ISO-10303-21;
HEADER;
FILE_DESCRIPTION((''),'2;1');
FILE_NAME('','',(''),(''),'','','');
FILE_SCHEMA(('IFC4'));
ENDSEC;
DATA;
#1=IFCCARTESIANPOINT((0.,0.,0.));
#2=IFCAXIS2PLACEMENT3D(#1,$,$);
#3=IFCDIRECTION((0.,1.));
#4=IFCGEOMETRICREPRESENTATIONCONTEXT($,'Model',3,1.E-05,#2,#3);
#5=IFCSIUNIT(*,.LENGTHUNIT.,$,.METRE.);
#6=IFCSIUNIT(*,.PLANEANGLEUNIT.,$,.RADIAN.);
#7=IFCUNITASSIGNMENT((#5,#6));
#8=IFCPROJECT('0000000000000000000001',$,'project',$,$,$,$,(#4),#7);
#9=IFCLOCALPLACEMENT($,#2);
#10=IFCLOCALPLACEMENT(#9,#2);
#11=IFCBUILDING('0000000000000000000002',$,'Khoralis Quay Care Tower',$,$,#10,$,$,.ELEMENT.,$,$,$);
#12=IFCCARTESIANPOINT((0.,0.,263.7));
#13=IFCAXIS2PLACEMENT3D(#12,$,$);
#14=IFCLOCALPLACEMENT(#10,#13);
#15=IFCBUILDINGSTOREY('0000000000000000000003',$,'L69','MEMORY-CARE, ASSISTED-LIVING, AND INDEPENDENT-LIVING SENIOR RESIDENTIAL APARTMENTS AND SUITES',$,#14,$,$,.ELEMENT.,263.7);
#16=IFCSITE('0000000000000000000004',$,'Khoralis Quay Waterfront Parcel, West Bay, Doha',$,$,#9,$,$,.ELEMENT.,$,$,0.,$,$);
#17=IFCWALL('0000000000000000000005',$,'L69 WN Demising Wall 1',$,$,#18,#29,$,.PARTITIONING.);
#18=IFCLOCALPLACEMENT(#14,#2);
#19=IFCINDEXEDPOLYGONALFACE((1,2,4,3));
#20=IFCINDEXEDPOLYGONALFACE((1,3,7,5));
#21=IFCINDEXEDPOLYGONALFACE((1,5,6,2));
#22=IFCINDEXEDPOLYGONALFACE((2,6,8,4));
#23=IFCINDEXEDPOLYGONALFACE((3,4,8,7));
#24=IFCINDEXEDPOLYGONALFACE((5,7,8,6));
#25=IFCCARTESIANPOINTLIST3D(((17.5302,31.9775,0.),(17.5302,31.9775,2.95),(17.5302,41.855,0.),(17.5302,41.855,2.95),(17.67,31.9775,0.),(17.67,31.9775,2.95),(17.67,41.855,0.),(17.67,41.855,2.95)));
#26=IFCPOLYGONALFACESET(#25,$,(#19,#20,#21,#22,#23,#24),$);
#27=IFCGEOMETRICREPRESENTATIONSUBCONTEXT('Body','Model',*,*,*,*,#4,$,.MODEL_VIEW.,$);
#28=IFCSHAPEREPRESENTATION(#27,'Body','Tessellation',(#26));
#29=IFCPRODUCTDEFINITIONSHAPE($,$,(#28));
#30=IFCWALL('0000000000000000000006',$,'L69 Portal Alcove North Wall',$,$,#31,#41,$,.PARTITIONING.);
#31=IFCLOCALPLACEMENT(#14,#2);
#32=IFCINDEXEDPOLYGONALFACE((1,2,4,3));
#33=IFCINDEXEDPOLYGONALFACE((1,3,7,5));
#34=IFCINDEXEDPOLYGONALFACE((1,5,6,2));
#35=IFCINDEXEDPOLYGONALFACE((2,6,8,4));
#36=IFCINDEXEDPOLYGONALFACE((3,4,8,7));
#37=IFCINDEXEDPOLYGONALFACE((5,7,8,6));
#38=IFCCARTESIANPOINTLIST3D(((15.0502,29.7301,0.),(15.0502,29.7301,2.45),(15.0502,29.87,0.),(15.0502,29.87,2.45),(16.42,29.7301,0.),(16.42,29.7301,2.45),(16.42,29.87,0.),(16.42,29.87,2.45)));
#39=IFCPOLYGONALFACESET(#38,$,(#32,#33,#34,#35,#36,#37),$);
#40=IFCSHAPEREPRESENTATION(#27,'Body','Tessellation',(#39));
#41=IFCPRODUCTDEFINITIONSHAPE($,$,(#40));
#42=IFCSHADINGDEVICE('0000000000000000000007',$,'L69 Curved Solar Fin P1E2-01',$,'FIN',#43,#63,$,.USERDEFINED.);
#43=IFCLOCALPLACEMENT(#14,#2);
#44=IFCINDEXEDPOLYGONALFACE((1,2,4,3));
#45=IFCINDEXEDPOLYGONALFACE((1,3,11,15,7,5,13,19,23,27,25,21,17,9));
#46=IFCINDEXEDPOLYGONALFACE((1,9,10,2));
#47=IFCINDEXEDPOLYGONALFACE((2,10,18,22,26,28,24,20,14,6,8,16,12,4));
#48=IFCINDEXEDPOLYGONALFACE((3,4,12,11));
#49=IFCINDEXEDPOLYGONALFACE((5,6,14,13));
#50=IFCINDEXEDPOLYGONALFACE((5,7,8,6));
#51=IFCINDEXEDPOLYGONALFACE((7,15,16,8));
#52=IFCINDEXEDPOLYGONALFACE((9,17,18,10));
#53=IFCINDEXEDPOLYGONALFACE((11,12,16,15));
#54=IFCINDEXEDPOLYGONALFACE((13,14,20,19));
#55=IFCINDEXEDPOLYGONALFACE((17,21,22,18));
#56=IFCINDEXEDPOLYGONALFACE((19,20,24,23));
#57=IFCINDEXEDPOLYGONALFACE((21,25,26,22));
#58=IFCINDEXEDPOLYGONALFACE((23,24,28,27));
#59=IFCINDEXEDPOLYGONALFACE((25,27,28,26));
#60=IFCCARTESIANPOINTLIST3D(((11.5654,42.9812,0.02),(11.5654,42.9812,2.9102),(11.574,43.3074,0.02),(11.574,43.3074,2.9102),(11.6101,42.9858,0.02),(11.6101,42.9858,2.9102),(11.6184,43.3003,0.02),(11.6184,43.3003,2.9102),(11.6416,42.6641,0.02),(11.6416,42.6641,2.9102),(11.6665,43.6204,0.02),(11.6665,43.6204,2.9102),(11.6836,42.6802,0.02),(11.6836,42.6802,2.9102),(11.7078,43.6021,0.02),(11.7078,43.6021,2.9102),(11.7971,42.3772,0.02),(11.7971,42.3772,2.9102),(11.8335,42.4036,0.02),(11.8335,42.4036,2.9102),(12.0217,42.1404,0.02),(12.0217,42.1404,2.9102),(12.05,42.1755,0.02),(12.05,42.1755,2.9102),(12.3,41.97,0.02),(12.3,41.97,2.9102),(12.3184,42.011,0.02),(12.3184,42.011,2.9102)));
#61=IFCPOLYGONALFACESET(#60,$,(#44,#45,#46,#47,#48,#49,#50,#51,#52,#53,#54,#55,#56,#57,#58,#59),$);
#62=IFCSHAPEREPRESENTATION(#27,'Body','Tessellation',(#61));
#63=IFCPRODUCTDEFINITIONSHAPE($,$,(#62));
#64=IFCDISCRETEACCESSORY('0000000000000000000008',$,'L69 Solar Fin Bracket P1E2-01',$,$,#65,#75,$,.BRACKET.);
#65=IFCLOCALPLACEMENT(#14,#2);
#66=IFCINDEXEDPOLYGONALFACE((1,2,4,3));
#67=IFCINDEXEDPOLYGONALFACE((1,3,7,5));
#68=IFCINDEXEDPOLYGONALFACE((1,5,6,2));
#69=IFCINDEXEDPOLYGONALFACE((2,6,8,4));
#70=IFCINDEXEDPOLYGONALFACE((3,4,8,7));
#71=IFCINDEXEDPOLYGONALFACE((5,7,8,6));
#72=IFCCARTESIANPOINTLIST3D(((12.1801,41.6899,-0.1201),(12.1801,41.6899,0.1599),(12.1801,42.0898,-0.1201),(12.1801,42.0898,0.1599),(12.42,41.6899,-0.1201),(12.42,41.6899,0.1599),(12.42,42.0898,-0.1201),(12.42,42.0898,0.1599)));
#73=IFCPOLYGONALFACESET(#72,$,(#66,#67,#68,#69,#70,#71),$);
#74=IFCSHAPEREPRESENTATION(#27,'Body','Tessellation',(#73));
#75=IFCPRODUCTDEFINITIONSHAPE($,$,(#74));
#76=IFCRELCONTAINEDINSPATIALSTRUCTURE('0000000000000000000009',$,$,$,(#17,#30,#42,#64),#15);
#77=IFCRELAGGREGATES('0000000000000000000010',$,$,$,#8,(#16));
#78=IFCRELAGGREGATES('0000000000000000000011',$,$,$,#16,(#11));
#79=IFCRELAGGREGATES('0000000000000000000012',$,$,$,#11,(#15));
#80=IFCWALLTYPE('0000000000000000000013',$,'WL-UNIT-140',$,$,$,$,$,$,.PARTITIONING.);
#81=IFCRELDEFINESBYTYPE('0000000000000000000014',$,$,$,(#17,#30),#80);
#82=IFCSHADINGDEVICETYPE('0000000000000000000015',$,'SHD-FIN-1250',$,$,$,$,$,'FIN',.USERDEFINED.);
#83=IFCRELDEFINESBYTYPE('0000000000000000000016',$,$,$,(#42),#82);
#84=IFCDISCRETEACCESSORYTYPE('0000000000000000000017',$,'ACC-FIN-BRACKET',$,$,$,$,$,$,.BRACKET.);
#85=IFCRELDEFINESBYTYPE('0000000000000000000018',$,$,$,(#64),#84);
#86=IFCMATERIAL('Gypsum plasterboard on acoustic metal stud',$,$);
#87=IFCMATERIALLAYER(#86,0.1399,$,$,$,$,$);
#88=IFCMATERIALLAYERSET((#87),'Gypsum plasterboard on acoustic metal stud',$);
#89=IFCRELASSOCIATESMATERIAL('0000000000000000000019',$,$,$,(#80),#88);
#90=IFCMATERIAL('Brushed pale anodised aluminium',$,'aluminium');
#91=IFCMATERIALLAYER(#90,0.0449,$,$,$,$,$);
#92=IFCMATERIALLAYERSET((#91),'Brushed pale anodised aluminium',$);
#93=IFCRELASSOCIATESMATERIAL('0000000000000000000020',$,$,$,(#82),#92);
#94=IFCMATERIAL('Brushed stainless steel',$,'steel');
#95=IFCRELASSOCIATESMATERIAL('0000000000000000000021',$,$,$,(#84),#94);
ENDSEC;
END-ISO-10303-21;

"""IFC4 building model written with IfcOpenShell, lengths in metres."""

from ifc_helpers import new_model, si_unit, direction, frame, frame_2d, origin, origin_2d, place, context, subcontext, project, spatial, polyline, rectangle, outline, extrude, source, transform, mapped, material, layer, layer_set, type_object, element, save


model = new_model("IFC4")

# Units and contexts
model_context = context("Model", 3, precision=1e-05, world=origin(), true_north=direction((0.0, 1.0)))
body_context = subcontext(model_context, "Body", "Model", "MODEL_VIEW")
ifc_project = project(units=[si_unit("LENGTHUNIT", "METRE"), si_unit("PLANEANGLEUNIT", "RADIAN")], contexts=[model_context])

# Site, building, storey
site_placement = place(None, origin())
site = spatial("IfcSite", under=ifc_project, at=site_placement, Name="Khoralis Quay Waterfront Parcel, West Bay, Doha", CompositionType="ELEMENT", RefElevation=0.0)
building_placement = place(site_placement, origin())
building = spatial("IfcBuilding", under=site, at=building_placement, Name="Khoralis Quay Care Tower", CompositionType="ELEMENT")
storey_placement = place(building_placement, frame((0.0, 0.0, 263.7)))
storey = spatial("IfcBuildingStorey", under=building, at=storey_placement, Name="L69", Description="MEMORY-CARE, ASSISTED-LIVING, AND INDEPENDENT-LIVING SENIOR RESIDENTIAL APARTMENTS AND SUITES", CompositionType="ELEMENT", Elevation=263.7)

# Shared definitions
ifc_material_1 = material(Name="Gypsum plasterboard on acoustic metal stud")

# Walls
ifc_layer_1 = layer(ifc_material_1, 0.1399)
ifc_layer_set_1 = layer_set([ifc_layer_1], Name="Gypsum plasterboard on acoustic metal stud")
wall_type_1 = type_object("IfcWallType", Name="WL-UNIT-140", PredefinedType="PARTITIONING", material=ifc_layer_set_1)
wall_1_placement = place(storey_placement, frame((17.6001, 31.9775, 0.0), z_axis=(0.0, 0.0, 1.0), x_axis=(0.0, 1.0, 0.0)))
element("IfcWall", 1, at=wall_1_placement, inside=storey, type_object=wall_type_1, Name="L69 WN Demising Wall 1", PredefinedType="PARTITIONING", context=body_context, shape_type="SweptSolid", body=[
    extrude(rectangle(XDim=9.8774, YDim=0.1399, at=frame_2d((4.9387, 0.0))), origin(), (0.0, 0.0, 1.0), 2.95),
])
wall_2_placement = place(storey_placement, frame((15.05, 29.8, 0.0), z_axis=(0.0, 0.0, 1.0), x_axis=(1.0, 0.0, 0.0)))
element("IfcWall", 2, at=wall_2_placement, inside=storey, type_object=wall_type_1, Name="L69 Portal Alcove North Wall", PredefinedType="PARTITIONING", context=body_context, shape_type="SweptSolid", body=[
    extrude(rectangle(XDim=1.3699, YDim=0.1399, at=frame_2d((0.6851, 0.0))), origin(), (0.0, 0.0, 1.0), 2.45),
])

# Shading device
ifc_material_2 = material(Name="Brushed pale anodised aluminium", Category="aluminium")
ifc_layer_2 = layer(ifc_material_2, 0.0449)
ifc_layer_set_2 = layer_set([ifc_layer_2], Name="Brushed pale anodised aluminium")
shading_device_type = type_object("IfcShadingDeviceType", Name="SHD-FIN-1250", ElementType="FIN", PredefinedType="USERDEFINED", material=ifc_layer_set_2)
shared_shape_1 = source(origin(), body_context, "Body", "SweptSolid", [
    extrude(outline(polyline([(0.0, 0.0), (0.1704, 0.2783), (0.4072, 0.5029), (0.6941, 0.6584), (1.0112, 0.7346), (1.3374, 0.7261), (1.6504, 0.6335), (1.6321, 0.5923), (1.3303, 0.6816), (1.0159, 0.6899), (0.7102, 0.6165), (0.4336, 0.4666), (0.2056, 0.25), (0.041, -0.0183), (0.0, 0.0)])), origin(), (0.0, 0.0, 1.0), 2.8901),
])
shading_device_placement = place(storey_placement, frame((12.3, 41.97, 0.02), z_axis=(0.0, 0.0, 1.0), x_axis=(0.0, 1.0, 0.0)))
element("IfcShadingDevice", 3, at=shading_device_placement, inside=storey, type_object=shading_device_type, Name="L69 Curved Solar Fin P1E2-01", ObjectType="FIN", PredefinedType="USERDEFINED", context=body_context, shape_type="MappedRepresentation", body=[
    mapped(shared_shape_1, transform((0.0, 0.0, 0.0), scale=1.0)),
])

# Discrete accessory
ifc_material_3 = material(Name="Brushed stainless steel", Category="steel")
discrete_accessory_type = type_object("IfcDiscreteAccessoryType", Name="ACC-FIN-BRACKET", PredefinedType="BRACKET", material=ifc_material_3)
shared_shape_2 = source(origin(), body_context, "Body", "SweptSolid", [
    extrude(rectangle(XDim=0.3999, YDim=0.24, at=origin_2d()), origin(), (0.0, 0.0, 1.0), 0.28),
])
discrete_accessory_placement = place(storey_placement, frame((12.3, 41.8899, -0.1201), z_axis=(0.0, 0.0, 1.0), x_axis=(0.0, 1.0, 0.0)))
element("IfcDiscreteAccessory", 4, at=discrete_accessory_placement, inside=storey, type_object=discrete_accessory_type, Name="L69 Solar Fin Bracket P1E2-01", PredefinedType="BRACKET", context=body_context, shape_type="MappedRepresentation", body=[
    mapped(shared_shape_2, transform((0.0, 0.0, 0.0), scale=1.0)),
])

save(model, "model.ifc")
